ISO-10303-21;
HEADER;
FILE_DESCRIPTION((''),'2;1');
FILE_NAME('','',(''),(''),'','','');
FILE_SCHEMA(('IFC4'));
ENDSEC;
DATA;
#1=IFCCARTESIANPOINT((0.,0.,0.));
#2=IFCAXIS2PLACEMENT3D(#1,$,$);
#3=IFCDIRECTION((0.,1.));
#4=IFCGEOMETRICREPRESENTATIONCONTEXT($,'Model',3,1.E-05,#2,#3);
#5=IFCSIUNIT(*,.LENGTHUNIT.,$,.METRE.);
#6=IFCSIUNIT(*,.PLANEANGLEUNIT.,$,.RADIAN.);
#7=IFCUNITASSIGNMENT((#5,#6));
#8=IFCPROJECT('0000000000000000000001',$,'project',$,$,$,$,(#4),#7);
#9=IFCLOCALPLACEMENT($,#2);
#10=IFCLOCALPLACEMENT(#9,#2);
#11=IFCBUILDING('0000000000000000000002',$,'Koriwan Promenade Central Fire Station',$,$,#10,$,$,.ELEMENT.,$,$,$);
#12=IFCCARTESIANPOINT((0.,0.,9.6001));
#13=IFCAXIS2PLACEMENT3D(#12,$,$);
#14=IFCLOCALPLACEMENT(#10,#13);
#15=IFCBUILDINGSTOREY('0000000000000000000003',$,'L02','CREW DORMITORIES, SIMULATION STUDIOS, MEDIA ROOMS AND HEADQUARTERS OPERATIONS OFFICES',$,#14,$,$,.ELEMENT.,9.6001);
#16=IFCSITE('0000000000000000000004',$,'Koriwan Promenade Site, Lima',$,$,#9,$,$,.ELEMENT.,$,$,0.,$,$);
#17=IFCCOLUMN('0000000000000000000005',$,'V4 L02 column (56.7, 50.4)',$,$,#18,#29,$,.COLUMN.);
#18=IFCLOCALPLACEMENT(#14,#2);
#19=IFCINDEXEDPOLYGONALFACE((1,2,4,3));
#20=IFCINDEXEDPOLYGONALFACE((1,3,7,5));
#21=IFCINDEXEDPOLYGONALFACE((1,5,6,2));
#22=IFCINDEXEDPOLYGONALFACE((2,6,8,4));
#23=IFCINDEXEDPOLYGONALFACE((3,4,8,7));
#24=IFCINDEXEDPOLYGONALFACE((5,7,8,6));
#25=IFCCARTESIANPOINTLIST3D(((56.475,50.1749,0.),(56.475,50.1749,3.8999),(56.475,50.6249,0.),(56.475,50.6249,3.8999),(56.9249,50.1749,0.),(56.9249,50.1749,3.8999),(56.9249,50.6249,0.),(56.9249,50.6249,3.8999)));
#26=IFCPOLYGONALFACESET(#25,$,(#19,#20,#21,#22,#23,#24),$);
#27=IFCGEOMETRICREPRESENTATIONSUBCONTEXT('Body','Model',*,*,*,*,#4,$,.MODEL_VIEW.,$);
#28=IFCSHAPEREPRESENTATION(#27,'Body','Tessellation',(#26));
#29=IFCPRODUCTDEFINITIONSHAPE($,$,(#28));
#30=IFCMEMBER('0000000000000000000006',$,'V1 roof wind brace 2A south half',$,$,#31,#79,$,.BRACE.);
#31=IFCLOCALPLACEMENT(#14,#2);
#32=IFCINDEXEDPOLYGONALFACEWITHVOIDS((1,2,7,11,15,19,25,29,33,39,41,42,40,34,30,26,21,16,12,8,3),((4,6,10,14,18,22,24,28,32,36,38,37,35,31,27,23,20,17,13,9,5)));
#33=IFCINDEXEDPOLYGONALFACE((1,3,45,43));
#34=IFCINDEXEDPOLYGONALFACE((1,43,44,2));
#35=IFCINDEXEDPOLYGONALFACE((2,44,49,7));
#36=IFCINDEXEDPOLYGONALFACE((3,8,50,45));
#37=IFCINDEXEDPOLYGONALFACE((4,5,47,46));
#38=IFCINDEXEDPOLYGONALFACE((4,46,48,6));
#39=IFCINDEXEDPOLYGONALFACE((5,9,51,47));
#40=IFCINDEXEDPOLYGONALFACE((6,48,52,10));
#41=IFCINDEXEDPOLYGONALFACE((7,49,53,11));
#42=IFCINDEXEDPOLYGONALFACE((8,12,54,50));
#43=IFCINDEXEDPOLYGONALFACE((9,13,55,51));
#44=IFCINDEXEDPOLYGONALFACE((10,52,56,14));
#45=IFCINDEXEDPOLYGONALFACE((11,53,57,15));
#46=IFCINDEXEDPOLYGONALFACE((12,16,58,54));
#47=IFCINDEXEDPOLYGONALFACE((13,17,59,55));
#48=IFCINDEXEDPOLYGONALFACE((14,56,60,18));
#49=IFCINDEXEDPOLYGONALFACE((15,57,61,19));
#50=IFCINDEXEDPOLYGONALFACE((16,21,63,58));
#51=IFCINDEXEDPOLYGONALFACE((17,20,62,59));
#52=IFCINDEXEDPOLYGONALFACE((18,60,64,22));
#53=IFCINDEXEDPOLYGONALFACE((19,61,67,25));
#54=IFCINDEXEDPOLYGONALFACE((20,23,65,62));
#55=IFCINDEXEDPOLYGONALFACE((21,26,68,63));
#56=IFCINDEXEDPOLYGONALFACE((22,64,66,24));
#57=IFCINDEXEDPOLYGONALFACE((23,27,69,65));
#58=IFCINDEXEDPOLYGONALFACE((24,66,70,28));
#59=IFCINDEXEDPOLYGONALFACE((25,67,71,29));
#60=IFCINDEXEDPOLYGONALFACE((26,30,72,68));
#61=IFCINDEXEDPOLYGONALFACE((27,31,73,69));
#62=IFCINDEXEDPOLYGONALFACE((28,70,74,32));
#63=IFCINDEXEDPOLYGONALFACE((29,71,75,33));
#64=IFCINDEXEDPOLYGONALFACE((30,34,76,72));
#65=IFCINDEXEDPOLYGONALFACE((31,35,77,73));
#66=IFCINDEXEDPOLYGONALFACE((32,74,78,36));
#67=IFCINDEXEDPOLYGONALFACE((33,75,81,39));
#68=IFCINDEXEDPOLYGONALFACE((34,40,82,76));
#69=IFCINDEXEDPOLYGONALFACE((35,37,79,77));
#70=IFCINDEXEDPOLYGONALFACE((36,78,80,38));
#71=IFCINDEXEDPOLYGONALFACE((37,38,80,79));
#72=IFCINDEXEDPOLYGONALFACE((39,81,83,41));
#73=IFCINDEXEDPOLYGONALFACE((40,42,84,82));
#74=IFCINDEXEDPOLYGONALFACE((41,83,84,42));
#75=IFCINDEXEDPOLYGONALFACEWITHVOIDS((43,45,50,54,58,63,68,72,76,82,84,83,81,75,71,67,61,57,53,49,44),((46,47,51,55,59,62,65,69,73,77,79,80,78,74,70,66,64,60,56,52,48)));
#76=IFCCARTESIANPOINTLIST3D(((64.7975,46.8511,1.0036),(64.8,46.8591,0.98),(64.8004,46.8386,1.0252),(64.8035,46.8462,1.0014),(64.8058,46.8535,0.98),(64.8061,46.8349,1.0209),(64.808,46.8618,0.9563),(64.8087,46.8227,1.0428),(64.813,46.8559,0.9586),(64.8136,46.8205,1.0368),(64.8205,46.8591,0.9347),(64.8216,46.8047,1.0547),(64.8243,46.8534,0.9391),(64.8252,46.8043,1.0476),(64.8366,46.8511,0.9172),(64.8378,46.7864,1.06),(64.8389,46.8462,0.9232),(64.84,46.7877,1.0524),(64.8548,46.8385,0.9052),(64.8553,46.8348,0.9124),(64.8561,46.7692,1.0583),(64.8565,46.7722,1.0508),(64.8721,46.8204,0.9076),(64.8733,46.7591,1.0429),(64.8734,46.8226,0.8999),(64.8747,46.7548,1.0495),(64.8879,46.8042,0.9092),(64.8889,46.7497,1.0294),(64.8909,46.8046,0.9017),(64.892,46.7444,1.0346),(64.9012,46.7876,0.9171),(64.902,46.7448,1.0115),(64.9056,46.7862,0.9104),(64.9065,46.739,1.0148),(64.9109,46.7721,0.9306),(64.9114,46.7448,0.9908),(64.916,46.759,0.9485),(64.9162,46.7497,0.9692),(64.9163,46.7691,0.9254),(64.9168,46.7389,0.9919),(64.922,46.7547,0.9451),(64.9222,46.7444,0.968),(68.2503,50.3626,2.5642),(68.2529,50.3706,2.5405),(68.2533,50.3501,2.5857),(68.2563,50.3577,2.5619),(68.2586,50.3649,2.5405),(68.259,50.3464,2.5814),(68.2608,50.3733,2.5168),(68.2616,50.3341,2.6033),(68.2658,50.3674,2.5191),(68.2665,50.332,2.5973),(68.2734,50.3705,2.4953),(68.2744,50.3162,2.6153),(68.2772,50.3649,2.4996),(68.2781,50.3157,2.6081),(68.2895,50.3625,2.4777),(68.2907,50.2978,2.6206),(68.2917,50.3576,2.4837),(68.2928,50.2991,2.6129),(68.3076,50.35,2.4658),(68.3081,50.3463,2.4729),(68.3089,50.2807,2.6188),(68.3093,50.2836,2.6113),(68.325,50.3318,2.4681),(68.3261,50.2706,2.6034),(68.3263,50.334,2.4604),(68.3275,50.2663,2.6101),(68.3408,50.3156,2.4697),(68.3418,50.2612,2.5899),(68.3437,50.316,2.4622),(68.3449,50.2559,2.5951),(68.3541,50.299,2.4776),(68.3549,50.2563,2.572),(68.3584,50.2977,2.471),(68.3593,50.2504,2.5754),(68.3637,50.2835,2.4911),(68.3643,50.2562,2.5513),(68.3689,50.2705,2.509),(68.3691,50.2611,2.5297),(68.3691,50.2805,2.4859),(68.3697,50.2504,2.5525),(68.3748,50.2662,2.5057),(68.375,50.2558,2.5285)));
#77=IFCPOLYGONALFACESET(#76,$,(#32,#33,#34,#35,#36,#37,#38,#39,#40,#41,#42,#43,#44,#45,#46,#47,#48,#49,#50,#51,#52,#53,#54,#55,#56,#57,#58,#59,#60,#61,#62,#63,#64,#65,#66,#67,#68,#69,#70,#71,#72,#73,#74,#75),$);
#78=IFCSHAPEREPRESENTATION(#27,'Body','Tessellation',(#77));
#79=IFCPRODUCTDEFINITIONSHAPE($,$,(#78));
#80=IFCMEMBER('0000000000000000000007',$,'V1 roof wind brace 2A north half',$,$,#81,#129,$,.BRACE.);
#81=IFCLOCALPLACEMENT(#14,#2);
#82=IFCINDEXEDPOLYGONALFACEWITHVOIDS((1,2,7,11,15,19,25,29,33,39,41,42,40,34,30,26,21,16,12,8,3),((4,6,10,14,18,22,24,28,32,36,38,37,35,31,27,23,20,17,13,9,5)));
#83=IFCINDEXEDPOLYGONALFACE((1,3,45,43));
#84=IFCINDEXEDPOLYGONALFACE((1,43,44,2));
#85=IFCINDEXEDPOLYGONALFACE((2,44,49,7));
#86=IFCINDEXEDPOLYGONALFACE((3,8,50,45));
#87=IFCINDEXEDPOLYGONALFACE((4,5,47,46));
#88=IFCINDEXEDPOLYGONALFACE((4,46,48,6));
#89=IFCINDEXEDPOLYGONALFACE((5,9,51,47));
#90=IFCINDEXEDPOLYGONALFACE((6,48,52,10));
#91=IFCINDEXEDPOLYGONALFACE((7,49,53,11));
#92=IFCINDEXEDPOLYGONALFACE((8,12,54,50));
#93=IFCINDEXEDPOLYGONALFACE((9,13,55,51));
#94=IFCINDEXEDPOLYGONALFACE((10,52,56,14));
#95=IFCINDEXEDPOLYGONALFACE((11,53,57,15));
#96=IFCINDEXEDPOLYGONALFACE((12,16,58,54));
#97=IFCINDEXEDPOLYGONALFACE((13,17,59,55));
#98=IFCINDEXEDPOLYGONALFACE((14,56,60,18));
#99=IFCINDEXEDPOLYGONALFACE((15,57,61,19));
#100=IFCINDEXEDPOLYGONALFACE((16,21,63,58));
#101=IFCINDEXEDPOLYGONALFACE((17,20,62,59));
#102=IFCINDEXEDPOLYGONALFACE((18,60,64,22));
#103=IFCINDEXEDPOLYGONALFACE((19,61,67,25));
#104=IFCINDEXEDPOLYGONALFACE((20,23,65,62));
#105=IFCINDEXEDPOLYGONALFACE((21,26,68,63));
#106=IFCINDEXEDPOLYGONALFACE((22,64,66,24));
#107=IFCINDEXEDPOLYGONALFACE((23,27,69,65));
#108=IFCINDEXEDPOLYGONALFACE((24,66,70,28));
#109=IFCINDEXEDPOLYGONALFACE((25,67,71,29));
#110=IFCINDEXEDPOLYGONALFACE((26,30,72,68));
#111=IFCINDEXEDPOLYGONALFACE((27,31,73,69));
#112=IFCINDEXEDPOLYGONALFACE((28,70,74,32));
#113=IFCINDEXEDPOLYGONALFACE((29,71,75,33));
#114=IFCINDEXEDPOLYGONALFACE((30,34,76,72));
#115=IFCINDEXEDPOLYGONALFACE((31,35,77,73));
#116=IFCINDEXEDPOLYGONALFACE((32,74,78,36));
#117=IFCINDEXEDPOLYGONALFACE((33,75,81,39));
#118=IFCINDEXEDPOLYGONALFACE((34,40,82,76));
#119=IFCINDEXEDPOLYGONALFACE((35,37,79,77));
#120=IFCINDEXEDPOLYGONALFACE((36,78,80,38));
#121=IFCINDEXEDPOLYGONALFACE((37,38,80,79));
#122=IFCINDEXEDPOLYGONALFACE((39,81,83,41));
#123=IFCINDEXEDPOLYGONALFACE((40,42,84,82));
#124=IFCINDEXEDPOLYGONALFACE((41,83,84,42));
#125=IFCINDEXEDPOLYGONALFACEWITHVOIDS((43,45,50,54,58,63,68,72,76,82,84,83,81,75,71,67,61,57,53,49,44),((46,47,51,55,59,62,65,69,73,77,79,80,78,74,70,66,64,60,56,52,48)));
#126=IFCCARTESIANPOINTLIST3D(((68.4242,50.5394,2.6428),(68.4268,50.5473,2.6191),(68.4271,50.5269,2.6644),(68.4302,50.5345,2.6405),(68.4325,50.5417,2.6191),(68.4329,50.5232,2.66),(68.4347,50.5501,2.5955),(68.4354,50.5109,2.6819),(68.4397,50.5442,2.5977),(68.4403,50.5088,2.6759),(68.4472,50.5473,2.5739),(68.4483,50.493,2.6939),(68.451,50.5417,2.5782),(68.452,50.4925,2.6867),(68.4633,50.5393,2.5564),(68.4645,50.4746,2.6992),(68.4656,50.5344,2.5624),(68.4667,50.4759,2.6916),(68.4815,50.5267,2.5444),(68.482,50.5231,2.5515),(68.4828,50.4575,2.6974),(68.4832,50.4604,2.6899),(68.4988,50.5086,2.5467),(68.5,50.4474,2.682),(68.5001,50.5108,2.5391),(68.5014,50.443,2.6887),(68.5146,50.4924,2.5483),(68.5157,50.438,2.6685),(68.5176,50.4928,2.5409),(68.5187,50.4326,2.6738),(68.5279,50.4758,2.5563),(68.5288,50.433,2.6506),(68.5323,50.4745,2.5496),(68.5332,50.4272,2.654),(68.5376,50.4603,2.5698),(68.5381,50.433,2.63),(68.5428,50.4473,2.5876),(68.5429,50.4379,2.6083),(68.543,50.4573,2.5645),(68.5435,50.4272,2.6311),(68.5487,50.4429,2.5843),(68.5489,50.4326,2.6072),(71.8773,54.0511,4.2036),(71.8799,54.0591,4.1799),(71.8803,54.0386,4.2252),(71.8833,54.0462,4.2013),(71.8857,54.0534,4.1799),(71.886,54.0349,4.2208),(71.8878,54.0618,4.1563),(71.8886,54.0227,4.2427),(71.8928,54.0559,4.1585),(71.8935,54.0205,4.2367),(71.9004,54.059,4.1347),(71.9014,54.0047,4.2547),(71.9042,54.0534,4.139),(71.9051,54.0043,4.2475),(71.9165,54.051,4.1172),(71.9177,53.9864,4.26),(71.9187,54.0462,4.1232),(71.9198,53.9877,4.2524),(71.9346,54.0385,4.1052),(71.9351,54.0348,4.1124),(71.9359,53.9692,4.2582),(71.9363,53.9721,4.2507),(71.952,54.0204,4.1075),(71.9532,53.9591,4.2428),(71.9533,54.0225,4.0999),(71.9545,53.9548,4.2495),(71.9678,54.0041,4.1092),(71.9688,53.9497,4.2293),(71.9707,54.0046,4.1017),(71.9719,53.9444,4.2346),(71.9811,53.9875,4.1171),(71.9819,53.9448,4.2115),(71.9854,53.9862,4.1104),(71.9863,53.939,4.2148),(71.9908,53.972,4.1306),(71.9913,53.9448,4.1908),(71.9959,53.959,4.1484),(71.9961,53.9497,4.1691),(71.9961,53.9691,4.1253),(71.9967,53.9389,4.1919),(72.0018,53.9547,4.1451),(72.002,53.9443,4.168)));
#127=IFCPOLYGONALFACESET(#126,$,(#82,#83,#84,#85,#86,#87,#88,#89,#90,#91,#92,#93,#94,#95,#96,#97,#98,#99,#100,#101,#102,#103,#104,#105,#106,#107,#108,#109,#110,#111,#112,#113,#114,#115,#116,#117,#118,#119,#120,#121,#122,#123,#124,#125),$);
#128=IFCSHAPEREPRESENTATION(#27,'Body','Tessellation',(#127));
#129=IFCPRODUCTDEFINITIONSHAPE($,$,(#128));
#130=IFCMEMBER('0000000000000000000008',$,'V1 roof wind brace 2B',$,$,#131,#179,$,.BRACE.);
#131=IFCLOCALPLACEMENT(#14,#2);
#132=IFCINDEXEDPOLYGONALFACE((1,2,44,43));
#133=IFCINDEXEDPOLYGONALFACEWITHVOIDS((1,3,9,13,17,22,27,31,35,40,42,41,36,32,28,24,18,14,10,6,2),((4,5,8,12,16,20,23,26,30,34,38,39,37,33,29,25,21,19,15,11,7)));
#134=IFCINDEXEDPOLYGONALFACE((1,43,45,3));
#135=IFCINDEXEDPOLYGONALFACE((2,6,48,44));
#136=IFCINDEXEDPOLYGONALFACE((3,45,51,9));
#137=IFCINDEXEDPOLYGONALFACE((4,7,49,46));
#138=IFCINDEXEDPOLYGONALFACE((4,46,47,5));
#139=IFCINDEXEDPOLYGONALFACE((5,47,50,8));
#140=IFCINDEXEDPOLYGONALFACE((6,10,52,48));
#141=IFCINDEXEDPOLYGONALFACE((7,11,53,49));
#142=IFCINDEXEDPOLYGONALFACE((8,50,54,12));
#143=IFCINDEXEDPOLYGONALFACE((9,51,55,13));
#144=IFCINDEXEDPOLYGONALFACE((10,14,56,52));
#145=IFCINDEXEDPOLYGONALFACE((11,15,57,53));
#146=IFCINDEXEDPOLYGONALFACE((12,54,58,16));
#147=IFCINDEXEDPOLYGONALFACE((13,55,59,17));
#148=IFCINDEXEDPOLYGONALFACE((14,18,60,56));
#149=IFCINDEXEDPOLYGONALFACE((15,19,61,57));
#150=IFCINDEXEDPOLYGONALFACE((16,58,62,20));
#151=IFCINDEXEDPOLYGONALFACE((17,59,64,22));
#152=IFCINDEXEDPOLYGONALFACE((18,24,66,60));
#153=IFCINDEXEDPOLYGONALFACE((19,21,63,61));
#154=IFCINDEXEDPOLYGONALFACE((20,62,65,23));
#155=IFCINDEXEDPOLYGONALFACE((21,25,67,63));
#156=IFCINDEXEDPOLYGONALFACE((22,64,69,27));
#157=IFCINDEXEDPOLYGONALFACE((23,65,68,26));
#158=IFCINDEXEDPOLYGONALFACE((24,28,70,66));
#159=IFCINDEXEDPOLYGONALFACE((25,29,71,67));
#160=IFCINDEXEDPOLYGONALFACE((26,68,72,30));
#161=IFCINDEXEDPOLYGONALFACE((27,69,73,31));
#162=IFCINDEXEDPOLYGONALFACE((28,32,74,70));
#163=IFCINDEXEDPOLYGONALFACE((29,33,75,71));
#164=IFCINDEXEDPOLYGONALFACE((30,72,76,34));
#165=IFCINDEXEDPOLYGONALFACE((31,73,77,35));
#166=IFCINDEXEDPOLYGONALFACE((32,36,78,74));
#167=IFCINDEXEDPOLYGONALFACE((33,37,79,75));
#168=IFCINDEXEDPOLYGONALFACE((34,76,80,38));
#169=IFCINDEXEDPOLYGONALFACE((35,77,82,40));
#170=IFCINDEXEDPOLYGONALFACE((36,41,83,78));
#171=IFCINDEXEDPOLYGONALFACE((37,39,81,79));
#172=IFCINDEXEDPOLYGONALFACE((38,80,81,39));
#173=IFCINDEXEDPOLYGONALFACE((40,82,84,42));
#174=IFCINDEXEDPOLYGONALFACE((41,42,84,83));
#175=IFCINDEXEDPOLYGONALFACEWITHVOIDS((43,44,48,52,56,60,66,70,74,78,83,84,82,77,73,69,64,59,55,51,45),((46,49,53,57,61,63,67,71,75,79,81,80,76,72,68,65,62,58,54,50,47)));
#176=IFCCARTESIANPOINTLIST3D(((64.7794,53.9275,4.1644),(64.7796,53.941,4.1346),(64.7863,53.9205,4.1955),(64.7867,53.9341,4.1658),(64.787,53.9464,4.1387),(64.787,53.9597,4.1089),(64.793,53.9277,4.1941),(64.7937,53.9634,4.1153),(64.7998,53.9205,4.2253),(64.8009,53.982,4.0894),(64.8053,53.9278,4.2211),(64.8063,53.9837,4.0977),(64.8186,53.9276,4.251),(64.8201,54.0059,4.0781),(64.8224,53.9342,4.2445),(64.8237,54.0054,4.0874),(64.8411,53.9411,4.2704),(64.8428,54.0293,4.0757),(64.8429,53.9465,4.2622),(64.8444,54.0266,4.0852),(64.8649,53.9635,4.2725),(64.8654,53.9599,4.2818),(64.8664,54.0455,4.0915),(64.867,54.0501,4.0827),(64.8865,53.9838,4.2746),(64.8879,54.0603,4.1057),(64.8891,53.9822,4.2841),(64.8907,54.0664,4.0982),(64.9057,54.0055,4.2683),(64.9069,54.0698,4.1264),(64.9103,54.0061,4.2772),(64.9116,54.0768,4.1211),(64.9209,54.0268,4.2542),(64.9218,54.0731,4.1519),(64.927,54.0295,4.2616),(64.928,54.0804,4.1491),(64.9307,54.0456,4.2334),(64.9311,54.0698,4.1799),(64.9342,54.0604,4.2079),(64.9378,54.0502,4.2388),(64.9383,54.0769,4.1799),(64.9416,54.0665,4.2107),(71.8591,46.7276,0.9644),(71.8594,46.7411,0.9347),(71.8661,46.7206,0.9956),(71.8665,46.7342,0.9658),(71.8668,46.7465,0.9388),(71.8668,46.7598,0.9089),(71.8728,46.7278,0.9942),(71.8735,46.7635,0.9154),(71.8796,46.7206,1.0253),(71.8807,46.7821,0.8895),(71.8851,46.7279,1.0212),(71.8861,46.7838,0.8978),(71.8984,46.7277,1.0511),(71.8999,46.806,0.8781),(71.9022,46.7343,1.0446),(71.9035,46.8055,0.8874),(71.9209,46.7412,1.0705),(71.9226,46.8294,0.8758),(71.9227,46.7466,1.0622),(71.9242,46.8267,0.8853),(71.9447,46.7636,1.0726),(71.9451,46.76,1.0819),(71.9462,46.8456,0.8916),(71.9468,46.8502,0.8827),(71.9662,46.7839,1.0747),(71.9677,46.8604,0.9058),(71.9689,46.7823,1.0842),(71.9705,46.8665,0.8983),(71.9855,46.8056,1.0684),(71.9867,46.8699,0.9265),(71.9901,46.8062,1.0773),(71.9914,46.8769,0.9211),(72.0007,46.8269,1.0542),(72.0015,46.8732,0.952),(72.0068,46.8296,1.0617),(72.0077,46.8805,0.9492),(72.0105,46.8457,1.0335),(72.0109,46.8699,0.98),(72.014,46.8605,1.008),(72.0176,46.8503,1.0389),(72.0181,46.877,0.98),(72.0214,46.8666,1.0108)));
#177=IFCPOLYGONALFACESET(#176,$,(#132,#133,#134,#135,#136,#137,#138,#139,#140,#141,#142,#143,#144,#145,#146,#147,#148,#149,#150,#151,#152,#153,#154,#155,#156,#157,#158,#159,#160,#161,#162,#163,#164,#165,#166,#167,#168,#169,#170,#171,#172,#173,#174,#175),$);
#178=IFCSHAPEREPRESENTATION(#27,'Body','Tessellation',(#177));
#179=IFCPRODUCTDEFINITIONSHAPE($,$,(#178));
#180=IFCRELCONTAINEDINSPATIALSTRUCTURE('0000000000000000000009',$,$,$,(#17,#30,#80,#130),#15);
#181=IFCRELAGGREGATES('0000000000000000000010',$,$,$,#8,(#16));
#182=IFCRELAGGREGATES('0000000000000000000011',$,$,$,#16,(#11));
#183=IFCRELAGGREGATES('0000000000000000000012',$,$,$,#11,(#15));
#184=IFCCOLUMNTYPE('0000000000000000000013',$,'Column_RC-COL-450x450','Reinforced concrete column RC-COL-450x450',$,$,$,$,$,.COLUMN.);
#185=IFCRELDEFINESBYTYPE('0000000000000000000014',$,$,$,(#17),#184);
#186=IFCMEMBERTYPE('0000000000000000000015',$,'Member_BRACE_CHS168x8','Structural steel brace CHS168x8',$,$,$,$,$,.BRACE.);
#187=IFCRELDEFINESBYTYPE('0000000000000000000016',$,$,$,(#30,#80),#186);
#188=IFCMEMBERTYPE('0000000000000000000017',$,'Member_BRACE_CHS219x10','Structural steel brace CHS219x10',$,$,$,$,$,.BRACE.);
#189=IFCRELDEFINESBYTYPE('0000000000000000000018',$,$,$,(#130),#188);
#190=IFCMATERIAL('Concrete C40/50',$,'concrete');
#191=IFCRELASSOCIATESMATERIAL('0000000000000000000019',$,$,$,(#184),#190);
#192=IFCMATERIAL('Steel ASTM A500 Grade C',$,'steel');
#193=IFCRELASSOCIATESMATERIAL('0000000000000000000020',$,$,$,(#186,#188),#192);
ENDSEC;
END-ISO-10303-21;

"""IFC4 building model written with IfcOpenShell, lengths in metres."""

from ifc_helpers import new_model, si_unit, direction, frame, origin, origin_2d, place, context, subcontext, project, spatial, rectangle, hollow_circle, extrude, material, material_profile, profile_set, type_object, element, save


model = new_model("IFC4")

# Units and contexts
model_context = context("Model", 3, precision=1e-05, world=origin(), true_north=direction((0.0, 1.0)))
body_context = subcontext(model_context, "Body", "Model", "MODEL_VIEW")
ifc_project = project(units=[si_unit("LENGTHUNIT", "METRE"), si_unit("PLANEANGLEUNIT", "RADIAN")], contexts=[model_context])

# Site, building, storey
site_placement = place(None, origin())
site = spatial("IfcSite", under=ifc_project, at=site_placement, Name="Koriwan Promenade Site, Lima", CompositionType="ELEMENT", RefElevation=0.0)
building_placement = place(site_placement, origin())
building = spatial("IfcBuilding", under=site, at=building_placement, Name="Koriwan Promenade Central Fire Station", CompositionType="ELEMENT")
storey_placement = place(building_placement, frame((0.0, 0.0, 9.6001)))
storey = spatial("IfcBuildingStorey", under=building, at=storey_placement, Name="L02", Description="CREW DORMITORIES, SIMULATION STUDIOS, MEDIA ROOMS AND HEADQUARTERS OPERATIONS OFFICES", CompositionType="ELEMENT", Elevation=9.6001)

# Column
ifc_material_1 = material(Name="Concrete C40/50", Category="concrete")
ifc_material_profile_1 = material_profile(ifc_material_1, rectangle(XDim=0.45, YDim=0.45, at=origin_2d()), Name="RC-COL-450x450")
ifc_profile_set_1 = profile_set([ifc_material_profile_1], Name="Concrete C40/50")
column_type = type_object("IfcColumnType", Name="Column_RC-COL-450x450", Description="Reinforced concrete column RC-COL-450x450", PredefinedType="COLUMN", material=ifc_profile_set_1)
column_placement = place(storey_placement, frame((56.7, 50.3999, 0.0), z_axis=(0.0, 0.0, 1.0), x_axis=(1.0, 0.0, 0.0)))
element("IfcColumn", 1, at=column_placement, inside=storey, type_object=column_type, Name="V4 L02 column (56.7, 50.4)", PredefinedType="COLUMN", context=body_context, shape_type="SweptSolid", body=[
    extrude(rectangle(XDim=0.45, YDim=0.45, at=origin_2d()), origin(), (0.0, 0.0, 1.0), 3.8999),
])

# Members
ifc_material_2 = material(Name="Steel ASTM A500 Grade C", Category="steel")
ifc_material_profile_2 = material_profile(ifc_material_2, hollow_circle(Radius=0.0842, WallThickness=0.0081, at=origin_2d()), Name="CHS168x8")
ifc_profile_set_2 = profile_set([ifc_material_profile_2], Name="Steel ASTM A500 Grade C")
member_type_1 = type_object("IfcMemberType", Name="Member_BRACE_CHS168x8", Description="Structural steel brace CHS168x8", PredefinedType="BRACE", material=ifc_profile_set_2)
member_1_placement = place(storey_placement, frame((64.8601, 46.8, 0.98), z_axis=(0.668378, 0.67972, 0.302077), x_axis=(-0.713031, 0.701133, 0.0)))
element("IfcMember", 2, at=member_1_placement, inside=storey, type_object=member_type_1, Name="V1 roof wind brace 2A south half", PredefinedType="BRACE", context=body_context, shape_type="SweptSolid", body=[
    extrude(hollow_circle(Radius=0.0842, WallThickness=0.0081, at=origin_2d()), origin(), (0.0, 0.0, 1.0), 5.166),
])
member_2_placement = place(storey_placement, frame((68.4868, 50.4883, 2.6191), z_axis=(0.668374, 0.679715, 0.302101), x_axis=(-0.71303, 0.701133, 0.0)))
element("IfcMember", 3, at=member_2_placement, inside=storey, type_object=member_type_1, Name="V1 roof wind brace 2A north half", PredefinedType="BRACE", context=body_context, shape_type="SweptSolid", body=[
    extrude(hollow_circle(Radius=0.0842, WallThickness=0.0081, at=origin_2d()), origin(), (0.0, 0.0, 1.0), 5.1665),
])
ifc_material_profile_3 = material_profile(ifc_material_2, hollow_circle(Radius=0.1096, WallThickness=0.01, at=origin_2d()), Name="CHS219x10")
ifc_profile_set_3 = profile_set([ifc_material_profile_3], Name="Steel ASTM A500 Grade C")
member_type_2 = type_object("IfcMemberType", Name="Member_BRACE_CHS219x10", Description="Structural steel brace CHS219x10", PredefinedType="BRACE", material=ifc_profile_set_3)
member_3_placement = place(storey_placement, frame((64.8601, 54.0, 4.1799), z_axis=(0.668376, -0.679716, -0.302093), x_axis=(0.71303, 0.701134, 0.0)))
element("IfcMember", 4, at=member_3_placement, inside=storey, type_object=member_type_2, Name="V1 roof wind brace 2B", PredefinedType="BRACE", context=body_context, shape_type="SweptSolid", body=[
    extrude(hollow_circle(Radius=0.1096, WallThickness=0.01, at=origin_2d()), origin(), (0.0, 0.0, 1.0), 10.5925),
])

save(model, "model.ifc")
